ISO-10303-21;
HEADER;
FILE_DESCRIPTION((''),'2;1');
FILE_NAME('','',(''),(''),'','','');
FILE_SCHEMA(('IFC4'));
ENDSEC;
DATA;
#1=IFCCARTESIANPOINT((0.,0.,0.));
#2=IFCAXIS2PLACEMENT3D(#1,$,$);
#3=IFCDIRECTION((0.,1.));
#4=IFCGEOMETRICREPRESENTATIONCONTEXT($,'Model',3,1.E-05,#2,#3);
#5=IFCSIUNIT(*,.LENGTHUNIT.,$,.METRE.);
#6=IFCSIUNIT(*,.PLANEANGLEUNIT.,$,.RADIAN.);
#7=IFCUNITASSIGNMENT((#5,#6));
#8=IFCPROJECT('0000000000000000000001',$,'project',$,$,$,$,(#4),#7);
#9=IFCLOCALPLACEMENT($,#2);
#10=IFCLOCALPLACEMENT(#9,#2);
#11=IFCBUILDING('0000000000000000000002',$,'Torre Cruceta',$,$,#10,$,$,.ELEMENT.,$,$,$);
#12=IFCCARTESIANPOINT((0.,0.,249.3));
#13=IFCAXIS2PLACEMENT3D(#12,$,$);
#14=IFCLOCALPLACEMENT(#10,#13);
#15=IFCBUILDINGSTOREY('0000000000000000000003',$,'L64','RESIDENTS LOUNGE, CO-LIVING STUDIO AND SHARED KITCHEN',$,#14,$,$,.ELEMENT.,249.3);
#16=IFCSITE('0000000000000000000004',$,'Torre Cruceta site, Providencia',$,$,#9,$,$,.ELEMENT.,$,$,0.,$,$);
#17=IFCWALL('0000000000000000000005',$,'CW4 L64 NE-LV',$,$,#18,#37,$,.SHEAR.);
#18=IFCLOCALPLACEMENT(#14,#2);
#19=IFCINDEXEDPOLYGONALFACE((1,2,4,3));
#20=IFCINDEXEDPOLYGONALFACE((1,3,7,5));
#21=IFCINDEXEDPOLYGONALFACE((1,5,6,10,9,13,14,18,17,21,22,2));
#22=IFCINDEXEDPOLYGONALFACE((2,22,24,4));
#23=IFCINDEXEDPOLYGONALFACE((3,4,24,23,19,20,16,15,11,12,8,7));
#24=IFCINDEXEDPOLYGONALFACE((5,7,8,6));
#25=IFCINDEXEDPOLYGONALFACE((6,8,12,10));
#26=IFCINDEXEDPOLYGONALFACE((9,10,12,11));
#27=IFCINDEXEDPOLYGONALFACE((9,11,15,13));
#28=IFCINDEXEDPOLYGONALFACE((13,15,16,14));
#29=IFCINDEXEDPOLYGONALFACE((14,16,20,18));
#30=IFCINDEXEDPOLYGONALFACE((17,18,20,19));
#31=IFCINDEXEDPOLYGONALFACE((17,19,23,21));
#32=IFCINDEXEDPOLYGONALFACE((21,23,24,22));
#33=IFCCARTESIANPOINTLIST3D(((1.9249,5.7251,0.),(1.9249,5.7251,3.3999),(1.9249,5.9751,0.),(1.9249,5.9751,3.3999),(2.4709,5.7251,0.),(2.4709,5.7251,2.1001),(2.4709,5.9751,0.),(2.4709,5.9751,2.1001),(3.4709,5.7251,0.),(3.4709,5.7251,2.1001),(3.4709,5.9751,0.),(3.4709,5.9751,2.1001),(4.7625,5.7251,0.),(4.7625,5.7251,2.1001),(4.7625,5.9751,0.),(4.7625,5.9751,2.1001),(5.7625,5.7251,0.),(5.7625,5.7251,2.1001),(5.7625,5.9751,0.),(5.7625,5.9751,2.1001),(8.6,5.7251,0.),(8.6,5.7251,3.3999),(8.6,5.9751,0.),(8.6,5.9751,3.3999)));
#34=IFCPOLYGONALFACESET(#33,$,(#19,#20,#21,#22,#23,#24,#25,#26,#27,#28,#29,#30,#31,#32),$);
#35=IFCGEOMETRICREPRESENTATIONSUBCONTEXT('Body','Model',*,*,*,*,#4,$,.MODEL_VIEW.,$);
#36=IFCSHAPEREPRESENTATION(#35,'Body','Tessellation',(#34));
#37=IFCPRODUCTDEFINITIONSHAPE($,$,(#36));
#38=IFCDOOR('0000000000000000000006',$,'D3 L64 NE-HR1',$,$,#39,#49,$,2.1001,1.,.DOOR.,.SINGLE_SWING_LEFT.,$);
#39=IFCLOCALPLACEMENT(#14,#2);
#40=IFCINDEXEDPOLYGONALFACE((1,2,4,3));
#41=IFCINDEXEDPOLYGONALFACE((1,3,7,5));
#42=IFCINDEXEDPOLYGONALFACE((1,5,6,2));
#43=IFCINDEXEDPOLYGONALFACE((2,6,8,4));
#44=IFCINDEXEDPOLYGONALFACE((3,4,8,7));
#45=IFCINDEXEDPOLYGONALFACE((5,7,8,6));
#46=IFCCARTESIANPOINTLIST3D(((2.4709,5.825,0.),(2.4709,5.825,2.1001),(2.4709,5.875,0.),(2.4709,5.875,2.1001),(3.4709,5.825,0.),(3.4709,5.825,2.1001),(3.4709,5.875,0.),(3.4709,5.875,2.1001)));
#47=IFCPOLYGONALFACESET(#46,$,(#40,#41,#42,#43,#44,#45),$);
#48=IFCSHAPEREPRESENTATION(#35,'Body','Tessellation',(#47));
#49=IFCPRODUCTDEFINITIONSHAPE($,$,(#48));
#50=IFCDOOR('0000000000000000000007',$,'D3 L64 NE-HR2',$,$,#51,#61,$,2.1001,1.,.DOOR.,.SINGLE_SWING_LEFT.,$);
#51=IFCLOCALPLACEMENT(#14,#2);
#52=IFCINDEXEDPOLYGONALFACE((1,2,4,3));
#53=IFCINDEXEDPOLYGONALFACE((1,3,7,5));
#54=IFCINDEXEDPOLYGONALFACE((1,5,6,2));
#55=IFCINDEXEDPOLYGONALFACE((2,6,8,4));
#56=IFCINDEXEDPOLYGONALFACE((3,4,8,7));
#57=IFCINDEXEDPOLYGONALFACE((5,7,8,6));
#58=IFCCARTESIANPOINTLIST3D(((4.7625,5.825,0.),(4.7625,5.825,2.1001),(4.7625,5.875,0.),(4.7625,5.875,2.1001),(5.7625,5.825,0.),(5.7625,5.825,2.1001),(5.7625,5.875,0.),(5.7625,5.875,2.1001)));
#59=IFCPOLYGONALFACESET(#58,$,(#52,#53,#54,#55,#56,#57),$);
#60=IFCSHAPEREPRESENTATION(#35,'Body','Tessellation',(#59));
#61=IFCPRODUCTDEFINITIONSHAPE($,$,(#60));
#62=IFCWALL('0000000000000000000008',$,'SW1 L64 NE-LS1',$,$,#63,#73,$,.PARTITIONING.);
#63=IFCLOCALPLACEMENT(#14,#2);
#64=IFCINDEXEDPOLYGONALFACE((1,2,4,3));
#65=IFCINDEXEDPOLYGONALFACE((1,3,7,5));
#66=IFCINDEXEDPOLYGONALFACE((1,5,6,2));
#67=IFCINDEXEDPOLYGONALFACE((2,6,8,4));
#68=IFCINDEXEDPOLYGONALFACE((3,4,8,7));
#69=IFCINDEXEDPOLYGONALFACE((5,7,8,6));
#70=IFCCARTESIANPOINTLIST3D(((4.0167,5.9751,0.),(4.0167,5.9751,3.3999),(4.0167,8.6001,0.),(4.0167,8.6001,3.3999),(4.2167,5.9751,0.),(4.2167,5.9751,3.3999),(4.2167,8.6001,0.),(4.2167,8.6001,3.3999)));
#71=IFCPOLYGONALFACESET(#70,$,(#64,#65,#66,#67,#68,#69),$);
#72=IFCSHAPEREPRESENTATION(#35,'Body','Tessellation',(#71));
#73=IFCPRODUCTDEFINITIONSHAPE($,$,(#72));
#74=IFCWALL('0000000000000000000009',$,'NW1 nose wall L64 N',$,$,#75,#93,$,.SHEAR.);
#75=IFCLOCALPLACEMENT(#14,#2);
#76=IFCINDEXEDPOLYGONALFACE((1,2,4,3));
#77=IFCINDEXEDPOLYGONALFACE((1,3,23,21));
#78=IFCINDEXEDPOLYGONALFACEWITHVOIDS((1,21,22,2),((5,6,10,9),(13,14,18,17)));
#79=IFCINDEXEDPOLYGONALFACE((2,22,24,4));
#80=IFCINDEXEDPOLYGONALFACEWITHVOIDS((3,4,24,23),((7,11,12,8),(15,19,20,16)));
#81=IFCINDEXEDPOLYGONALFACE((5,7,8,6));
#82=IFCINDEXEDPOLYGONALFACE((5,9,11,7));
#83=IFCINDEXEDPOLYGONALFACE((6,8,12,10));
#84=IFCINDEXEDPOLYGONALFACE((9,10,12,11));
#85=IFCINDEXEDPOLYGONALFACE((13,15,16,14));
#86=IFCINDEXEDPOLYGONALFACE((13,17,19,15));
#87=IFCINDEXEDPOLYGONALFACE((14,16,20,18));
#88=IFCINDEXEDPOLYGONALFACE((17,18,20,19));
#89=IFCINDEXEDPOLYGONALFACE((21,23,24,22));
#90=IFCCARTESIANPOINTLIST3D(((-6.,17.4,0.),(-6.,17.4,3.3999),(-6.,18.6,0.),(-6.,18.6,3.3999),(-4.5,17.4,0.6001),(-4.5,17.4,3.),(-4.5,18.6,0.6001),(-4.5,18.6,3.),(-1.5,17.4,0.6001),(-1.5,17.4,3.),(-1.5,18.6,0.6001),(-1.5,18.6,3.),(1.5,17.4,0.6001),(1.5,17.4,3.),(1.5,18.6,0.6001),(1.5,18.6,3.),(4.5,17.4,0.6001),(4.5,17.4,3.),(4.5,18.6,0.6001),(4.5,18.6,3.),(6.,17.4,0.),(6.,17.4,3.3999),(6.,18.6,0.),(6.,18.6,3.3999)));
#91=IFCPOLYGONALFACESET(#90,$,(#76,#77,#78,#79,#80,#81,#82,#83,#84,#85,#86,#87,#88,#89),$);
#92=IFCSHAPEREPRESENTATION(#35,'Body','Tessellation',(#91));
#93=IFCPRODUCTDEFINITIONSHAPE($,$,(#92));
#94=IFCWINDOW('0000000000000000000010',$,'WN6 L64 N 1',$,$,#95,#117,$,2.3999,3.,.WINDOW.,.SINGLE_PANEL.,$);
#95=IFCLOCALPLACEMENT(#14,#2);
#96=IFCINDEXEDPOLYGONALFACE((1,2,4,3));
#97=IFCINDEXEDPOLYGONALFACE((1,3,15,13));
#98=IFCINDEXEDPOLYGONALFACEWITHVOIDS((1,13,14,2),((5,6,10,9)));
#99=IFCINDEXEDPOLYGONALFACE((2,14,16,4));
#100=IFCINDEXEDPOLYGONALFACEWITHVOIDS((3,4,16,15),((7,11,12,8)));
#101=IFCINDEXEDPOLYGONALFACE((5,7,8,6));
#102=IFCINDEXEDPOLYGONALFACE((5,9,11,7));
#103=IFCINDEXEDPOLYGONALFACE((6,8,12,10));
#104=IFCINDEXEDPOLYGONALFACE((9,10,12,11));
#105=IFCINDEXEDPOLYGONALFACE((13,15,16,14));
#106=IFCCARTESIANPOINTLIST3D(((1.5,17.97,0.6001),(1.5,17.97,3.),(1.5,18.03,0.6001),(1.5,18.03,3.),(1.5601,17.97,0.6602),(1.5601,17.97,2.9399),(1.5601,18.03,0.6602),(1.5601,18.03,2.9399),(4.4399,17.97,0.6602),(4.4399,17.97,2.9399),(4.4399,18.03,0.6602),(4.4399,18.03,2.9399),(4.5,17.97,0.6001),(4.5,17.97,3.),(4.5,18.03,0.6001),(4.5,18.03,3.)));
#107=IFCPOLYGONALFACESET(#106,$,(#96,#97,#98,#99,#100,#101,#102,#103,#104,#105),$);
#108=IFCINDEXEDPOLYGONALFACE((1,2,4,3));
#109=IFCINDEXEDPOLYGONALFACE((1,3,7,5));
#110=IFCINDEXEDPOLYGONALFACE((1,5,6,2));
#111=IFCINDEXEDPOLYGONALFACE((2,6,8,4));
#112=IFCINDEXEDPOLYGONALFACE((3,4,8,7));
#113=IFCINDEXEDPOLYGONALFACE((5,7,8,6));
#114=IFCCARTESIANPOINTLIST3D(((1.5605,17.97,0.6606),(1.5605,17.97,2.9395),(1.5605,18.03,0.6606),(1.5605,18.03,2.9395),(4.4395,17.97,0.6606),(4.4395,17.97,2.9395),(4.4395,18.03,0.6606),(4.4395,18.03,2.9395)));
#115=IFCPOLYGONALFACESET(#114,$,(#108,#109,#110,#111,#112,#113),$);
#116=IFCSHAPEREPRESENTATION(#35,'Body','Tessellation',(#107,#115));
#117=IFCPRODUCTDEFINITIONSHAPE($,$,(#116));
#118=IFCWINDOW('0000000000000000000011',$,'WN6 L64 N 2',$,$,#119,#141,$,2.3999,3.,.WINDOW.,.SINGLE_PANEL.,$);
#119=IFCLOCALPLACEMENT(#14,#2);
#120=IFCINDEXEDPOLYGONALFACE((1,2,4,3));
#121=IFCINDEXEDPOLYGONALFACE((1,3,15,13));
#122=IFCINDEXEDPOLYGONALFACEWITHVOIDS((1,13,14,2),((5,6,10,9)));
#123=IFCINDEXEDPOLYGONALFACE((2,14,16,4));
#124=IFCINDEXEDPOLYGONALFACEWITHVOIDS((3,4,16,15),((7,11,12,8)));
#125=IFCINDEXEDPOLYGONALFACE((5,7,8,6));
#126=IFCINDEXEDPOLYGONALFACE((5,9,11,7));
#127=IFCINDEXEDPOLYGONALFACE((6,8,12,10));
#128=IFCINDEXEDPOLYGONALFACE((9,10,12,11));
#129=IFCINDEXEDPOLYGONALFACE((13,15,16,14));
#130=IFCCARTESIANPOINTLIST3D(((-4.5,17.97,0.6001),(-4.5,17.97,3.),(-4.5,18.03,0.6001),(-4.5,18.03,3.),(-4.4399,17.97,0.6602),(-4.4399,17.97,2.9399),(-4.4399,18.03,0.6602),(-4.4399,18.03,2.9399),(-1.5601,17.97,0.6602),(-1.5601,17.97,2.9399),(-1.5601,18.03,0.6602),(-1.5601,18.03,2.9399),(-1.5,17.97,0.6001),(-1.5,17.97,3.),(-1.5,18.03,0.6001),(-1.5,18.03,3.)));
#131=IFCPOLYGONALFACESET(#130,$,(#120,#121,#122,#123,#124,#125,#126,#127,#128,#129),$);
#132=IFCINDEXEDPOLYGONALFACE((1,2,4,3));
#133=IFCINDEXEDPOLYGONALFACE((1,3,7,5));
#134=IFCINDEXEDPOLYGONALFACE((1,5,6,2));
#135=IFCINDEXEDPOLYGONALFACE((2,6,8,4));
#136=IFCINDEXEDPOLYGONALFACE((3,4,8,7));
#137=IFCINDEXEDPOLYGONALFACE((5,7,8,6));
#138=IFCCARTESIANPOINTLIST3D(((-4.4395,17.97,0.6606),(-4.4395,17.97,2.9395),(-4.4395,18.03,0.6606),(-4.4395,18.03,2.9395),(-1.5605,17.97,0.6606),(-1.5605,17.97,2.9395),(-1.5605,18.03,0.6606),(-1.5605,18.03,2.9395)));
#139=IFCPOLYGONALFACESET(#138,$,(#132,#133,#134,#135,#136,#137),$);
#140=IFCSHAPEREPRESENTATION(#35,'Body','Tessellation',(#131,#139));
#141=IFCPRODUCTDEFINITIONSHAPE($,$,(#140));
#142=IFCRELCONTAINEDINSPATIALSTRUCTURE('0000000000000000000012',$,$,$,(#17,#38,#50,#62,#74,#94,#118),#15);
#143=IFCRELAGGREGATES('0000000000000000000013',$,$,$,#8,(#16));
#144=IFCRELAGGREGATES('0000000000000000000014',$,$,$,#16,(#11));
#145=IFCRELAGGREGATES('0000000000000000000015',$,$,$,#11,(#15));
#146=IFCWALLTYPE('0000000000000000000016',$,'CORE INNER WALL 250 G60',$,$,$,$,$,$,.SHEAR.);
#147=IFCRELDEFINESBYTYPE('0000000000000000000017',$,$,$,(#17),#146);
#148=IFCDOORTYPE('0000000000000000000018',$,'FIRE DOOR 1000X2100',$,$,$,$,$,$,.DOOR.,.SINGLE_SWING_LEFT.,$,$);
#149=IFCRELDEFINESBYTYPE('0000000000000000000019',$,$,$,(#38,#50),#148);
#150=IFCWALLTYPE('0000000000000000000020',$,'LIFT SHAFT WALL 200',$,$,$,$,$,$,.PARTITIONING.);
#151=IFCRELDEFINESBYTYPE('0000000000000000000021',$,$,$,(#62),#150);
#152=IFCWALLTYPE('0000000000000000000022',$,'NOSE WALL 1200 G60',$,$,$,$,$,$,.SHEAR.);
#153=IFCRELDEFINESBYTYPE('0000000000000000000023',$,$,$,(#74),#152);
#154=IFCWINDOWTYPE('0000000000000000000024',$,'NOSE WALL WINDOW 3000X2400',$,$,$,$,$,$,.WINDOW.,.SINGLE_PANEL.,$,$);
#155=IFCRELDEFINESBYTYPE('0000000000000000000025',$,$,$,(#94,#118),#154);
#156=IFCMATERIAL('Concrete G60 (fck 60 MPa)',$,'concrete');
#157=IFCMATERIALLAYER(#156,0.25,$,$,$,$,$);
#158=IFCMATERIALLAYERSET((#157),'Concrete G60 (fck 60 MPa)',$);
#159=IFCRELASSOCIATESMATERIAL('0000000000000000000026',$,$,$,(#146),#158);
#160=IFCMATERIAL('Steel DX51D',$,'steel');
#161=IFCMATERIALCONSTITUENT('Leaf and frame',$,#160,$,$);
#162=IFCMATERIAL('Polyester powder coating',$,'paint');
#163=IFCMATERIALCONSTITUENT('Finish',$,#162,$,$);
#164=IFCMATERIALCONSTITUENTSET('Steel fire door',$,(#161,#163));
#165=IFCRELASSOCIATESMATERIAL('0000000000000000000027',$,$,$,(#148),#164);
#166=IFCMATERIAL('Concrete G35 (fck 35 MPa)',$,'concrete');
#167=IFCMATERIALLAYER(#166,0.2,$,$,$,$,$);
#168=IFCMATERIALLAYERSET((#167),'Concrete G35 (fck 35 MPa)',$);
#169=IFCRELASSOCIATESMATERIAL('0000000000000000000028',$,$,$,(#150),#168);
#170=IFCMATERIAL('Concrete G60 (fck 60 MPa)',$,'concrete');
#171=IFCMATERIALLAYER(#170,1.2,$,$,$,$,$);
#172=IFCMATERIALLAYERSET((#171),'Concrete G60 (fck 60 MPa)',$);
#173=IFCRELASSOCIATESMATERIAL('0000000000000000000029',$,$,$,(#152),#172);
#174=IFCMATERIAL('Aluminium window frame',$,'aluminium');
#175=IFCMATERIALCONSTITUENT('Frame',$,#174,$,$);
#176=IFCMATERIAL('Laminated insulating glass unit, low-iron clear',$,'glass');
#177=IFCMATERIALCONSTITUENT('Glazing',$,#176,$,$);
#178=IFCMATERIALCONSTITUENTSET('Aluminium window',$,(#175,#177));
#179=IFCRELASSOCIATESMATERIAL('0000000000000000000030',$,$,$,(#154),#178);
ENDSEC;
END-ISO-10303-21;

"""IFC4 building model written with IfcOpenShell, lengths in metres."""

from ifc_helpers import new_model, si_unit, direction, frame, frame_2d, origin, place, context, subcontext, project, spatial, rectangle, hollow_rectangle, extrude, material, layer, layer_set, constituent, constituent_set, type_object, element, fill, save


model = new_model("IFC4")

# Units and contexts
model_context = context("Model", 3, precision=1e-05, world=origin(), true_north=direction((0.0, 1.0)))
body_context = subcontext(model_context, "Body", "Model", "MODEL_VIEW")
ifc_project = project(units=[si_unit("LENGTHUNIT", "METRE"), si_unit("PLANEANGLEUNIT", "RADIAN")], contexts=[model_context])

# Site, building, storey
site_placement = place(None, origin())
site = spatial("IfcSite", under=ifc_project, at=site_placement, Name="Torre Cruceta site, Providencia", CompositionType="ELEMENT", RefElevation=0.0)
building_placement = place(site_placement, origin())
building = spatial("IfcBuilding", under=site, at=building_placement, Name="Torre Cruceta", CompositionType="ELEMENT")
storey_placement = place(building_placement, frame((0.0, 0.0, 249.3)))
storey = spatial("IfcBuildingStorey", under=building, at=storey_placement, Name="L64", Description="RESIDENTS LOUNGE, CO-LIVING STUDIO AND SHARED KITCHEN", CompositionType="ELEMENT", Elevation=249.3)

# Wall, openings, doors
ifc_material_1 = material(Name="Concrete G60 (fck 60 MPa)", Category="concrete")
ifc_layer_1 = layer(ifc_material_1, 0.25)
ifc_layer_set_1 = layer_set([ifc_layer_1], Name="Concrete G60 (fck 60 MPa)")
wall_type_1 = type_object("IfcWallType", Name="CORE INNER WALL 250 G60", PredefinedType="SHEAR", material=ifc_layer_set_1)
wall_1_placement = place(storey_placement, frame((1.925, 5.8501, 0.0), z_axis=(0.0, 0.0, 1.0), x_axis=(1.0, 0.0, 0.0)))
wall_1 = element("IfcWall", 1, at=wall_1_placement, inside=storey, type_object=wall_type_1, Name="CW4 L64 NE-LV", PredefinedType="SHEAR", context=body_context, shape_type="SweptSolid", body=[
    extrude(rectangle(XDim=6.675, YDim=0.25, at=frame_2d((3.3374, 0.0))), origin(), (0.0, 0.0, 1.0), 3.3999),
])
opening_1_placement = place(wall_1_placement, frame((0.5459, 0.0, 0.0)))
opening_1 = element("IfcOpeningElement", 2, at=opening_1_placement, cuts=wall_1, PredefinedType="OPENING", context=body_context, shape_type="SweptSolid", body=[
    extrude(rectangle(XDim=1.0, YDim=2.1001, at=frame_2d((0.5, 1.05))), frame((0.0, 0.135, 0.0), z_axis=(0.0, -1.0, 0.0), x_axis=(1.0, 0.0, 0.0)), (0.0, 0.0, 1.0), 0.27),
])
opening_2_placement = place(wall_1_placement, frame((2.8374, 0.0, 0.0)))
opening_2 = element("IfcOpeningElement", 3, at=opening_2_placement, cuts=wall_1, PredefinedType="OPENING", context=body_context, shape_type="SweptSolid", body=[
    extrude(rectangle(XDim=1.0, YDim=2.1001, at=frame_2d((0.5, 1.05))), frame((0.0, 0.135, 0.0), z_axis=(0.0, -1.0, 0.0), x_axis=(1.0, 0.0, 0.0)), (0.0, 0.0, 1.0), 0.27),
])
ifc_material_2 = material(Name="Steel DX51D", Category="steel")
ifc_constituent_1 = constituent(ifc_material_2, Name="Leaf and frame")
ifc_material_3 = material(Name="Polyester powder coating", Category="paint")
ifc_constituent_2 = constituent(ifc_material_3, Name="Finish")
ifc_constituent_set_1 = constituent_set(constituents=[ifc_constituent_1, ifc_constituent_2], Name="Steel fire door")
door_type_1 = type_object("IfcDoorType", Name="FIRE DOOR 1000X2100", OperationType="SINGLE_SWING_LEFT", PredefinedType="DOOR", material=ifc_constituent_set_1)
door_1_placement = place(opening_1_placement, origin())
door_1 = element("IfcDoor", 4, at=door_1_placement, inside=storey, type_object=door_type_1, Name="D3 L64 NE-HR1", OperationType="SINGLE_SWING_LEFT", OverallHeight=2.1001, OverallWidth=1.0, PredefinedType="DOOR", context=body_context, shape_type="SweptSolid", body=[
    extrude(rectangle(XDim=1.0, YDim=2.1001, at=frame_2d((0.5, 1.05))), frame((0.0, 0.0249, 0.0), z_axis=(0.0, -1.0, 0.0), x_axis=(1.0, 0.0, 0.0)), (0.0, 0.0, 1.0), 0.05),
])
fill(opening_1, door_1)
door_2_placement = place(opening_2_placement, origin())
door_2 = element("IfcDoor", 5, at=door_2_placement, inside=storey, type_object=door_type_1, Name="D3 L64 NE-HR2", OperationType="SINGLE_SWING_LEFT", OverallHeight=2.1001, OverallWidth=1.0, PredefinedType="DOOR", context=body_context, shape_type="SweptSolid", body=[
    extrude(rectangle(XDim=1.0, YDim=2.1001, at=frame_2d((0.5, 1.05))), frame((0.0, 0.0249, 0.0), z_axis=(0.0, -1.0, 0.0), x_axis=(1.0, 0.0, 0.0)), (0.0, 0.0, 1.0), 0.05),
])
fill(opening_2, door_2)

# Wall
ifc_material_4 = material(Name="Concrete G35 (fck 35 MPa)", Category="concrete")
ifc_layer_2 = layer(ifc_material_4, 0.2)
ifc_layer_set_2 = layer_set([ifc_layer_2], Name="Concrete G35 (fck 35 MPa)")
wall_type_2 = type_object("IfcWallType", Name="LIFT SHAFT WALL 200", PredefinedType="PARTITIONING", material=ifc_layer_set_2)
wall_2_placement = place(storey_placement, frame((4.1167, 5.9751, 0.0), z_axis=(0.0, 0.0, 1.0), x_axis=(0.0, 1.0, 0.0)))
element("IfcWall", 6, at=wall_2_placement, inside=storey, type_object=wall_type_2, Name="SW1 L64 NE-LS1", PredefinedType="PARTITIONING", context=body_context, shape_type="SweptSolid", body=[
    extrude(rectangle(XDim=2.625, YDim=0.2, at=frame_2d((1.3125, 0.0))), origin(), (0.0, 0.0, 1.0), 3.3999),
])

# Wall, openings, windows
ifc_material_5 = material(Name="Concrete G60 (fck 60 MPa)", Category="concrete")
ifc_layer_3 = layer(ifc_material_5, 1.2)
ifc_layer_set_3 = layer_set([ifc_layer_3], Name="Concrete G60 (fck 60 MPa)")
wall_type_3 = type_object("IfcWallType", Name="NOSE WALL 1200 G60", PredefinedType="SHEAR", material=ifc_layer_set_3)
wall_3_placement = place(storey_placement, frame((6.0, 18.0, 0.0), z_axis=(0.0, 0.0, 1.0), x_axis=(-1.0, 0.0, 0.0)))
wall_3 = element("IfcWall", 7, at=wall_3_placement, inside=storey, type_object=wall_type_3, Name="NW1 nose wall L64 N", PredefinedType="SHEAR", context=body_context, shape_type="SweptSolid", body=[
    extrude(rectangle(XDim=12.0, YDim=1.2, at=frame_2d((6.0, 0.0))), origin(), (0.0, 0.0, 1.0), 3.3999),
])
opening_3_placement = place(wall_3_placement, frame((1.5, 0.0, 0.6001)))
opening_3 = element("IfcOpeningElement", 8, at=opening_3_placement, cuts=wall_3, PredefinedType="OPENING", context=body_context, shape_type="SweptSolid", body=[
    extrude(rectangle(XDim=3.0, YDim=2.3999, at=frame_2d((1.5, 1.2))), frame((0.0, 0.6099, 0.0), z_axis=(0.0, -1.0, 0.0), x_axis=(1.0, 0.0, 0.0)), (0.0, 0.0, 1.0), 1.22),
])
opening_4_placement = place(wall_3_placement, frame((7.5, 0.0, 0.6001)))
opening_4 = element("IfcOpeningElement", 9, at=opening_4_placement, cuts=wall_3, PredefinedType="OPENING", context=body_context, shape_type="SweptSolid", body=[
    extrude(rectangle(XDim=3.0, YDim=2.3999, at=frame_2d((1.5, 1.2))), frame((0.0, 0.6099, 0.0), z_axis=(0.0, -1.0, 0.0), x_axis=(1.0, 0.0, 0.0)), (0.0, 0.0, 1.0), 1.22),
])
ifc_material_6 = material(Name="Aluminium window frame", Category="aluminium")
ifc_constituent_3 = constituent(ifc_material_6, Name="Frame")
ifc_material_7 = material(Name="Laminated insulating glass unit, low-iron clear", Category="glass")
ifc_constituent_4 = constituent(ifc_material_7, Name="Glazing")
ifc_constituent_set_2 = constituent_set(constituents=[ifc_constituent_3, ifc_constituent_4], Name="Aluminium window")
window_type = type_object("IfcWindowType", Name="NOSE WALL WINDOW 3000X2400", PartitioningType="SINGLE_PANEL", PredefinedType="WINDOW", material=ifc_constituent_set_2)
window_1_placement = place(opening_3_placement, origin())
window_1 = element("IfcWindow", 10, at=window_1_placement, inside=storey, type_object=window_type, Name="WN6 L64 N 1", OverallHeight=2.3999, OverallWidth=3.0, PartitioningType="SINGLE_PANEL", PredefinedType="WINDOW", context=body_context, shape_type="SweptSolid", body=[
    extrude(hollow_rectangle(XDim=3.0, YDim=2.3999, WallThickness=0.0601, at=frame_2d((1.5, 1.2))), frame((0.0, 0.03, 0.0), z_axis=(0.0, -1.0, 0.0), x_axis=(1.0, 0.0, 0.0)), (0.0, 0.0, 1.0), 0.0601),
    extrude(rectangle(XDim=2.8789, YDim=2.2788, at=frame_2d((1.5, 1.2))), frame((0.0, 0.03, 0.0), z_axis=(0.0, -1.0, 0.0), x_axis=(1.0, 0.0, 0.0)), (0.0, 0.0, 1.0), 0.0601),
])
fill(opening_3, window_1)
window_2_placement = place(opening_4_placement, origin())
window_2 = element("IfcWindow", 11, at=window_2_placement, inside=storey, type_object=window_type, Name="WN6 L64 N 2", OverallHeight=2.3999, OverallWidth=3.0, PartitioningType="SINGLE_PANEL", PredefinedType="WINDOW", context=body_context, shape_type="SweptSolid", body=[
    extrude(hollow_rectangle(XDim=3.0, YDim=2.3999, WallThickness=0.0601, at=frame_2d((1.5, 1.2))), frame((0.0, 0.03, 0.0), z_axis=(0.0, -1.0, 0.0), x_axis=(1.0, 0.0, 0.0)), (0.0, 0.0, 1.0), 0.0601),
    extrude(rectangle(XDim=2.8789, YDim=2.2788, at=frame_2d((1.5, 1.2))), frame((0.0, 0.03, 0.0), z_axis=(0.0, -1.0, 0.0), x_axis=(1.0, 0.0, 0.0)), (0.0, 0.0, 1.0), 0.0601),
])
fill(opening_4, window_2)

save(model, "model.ifc")
